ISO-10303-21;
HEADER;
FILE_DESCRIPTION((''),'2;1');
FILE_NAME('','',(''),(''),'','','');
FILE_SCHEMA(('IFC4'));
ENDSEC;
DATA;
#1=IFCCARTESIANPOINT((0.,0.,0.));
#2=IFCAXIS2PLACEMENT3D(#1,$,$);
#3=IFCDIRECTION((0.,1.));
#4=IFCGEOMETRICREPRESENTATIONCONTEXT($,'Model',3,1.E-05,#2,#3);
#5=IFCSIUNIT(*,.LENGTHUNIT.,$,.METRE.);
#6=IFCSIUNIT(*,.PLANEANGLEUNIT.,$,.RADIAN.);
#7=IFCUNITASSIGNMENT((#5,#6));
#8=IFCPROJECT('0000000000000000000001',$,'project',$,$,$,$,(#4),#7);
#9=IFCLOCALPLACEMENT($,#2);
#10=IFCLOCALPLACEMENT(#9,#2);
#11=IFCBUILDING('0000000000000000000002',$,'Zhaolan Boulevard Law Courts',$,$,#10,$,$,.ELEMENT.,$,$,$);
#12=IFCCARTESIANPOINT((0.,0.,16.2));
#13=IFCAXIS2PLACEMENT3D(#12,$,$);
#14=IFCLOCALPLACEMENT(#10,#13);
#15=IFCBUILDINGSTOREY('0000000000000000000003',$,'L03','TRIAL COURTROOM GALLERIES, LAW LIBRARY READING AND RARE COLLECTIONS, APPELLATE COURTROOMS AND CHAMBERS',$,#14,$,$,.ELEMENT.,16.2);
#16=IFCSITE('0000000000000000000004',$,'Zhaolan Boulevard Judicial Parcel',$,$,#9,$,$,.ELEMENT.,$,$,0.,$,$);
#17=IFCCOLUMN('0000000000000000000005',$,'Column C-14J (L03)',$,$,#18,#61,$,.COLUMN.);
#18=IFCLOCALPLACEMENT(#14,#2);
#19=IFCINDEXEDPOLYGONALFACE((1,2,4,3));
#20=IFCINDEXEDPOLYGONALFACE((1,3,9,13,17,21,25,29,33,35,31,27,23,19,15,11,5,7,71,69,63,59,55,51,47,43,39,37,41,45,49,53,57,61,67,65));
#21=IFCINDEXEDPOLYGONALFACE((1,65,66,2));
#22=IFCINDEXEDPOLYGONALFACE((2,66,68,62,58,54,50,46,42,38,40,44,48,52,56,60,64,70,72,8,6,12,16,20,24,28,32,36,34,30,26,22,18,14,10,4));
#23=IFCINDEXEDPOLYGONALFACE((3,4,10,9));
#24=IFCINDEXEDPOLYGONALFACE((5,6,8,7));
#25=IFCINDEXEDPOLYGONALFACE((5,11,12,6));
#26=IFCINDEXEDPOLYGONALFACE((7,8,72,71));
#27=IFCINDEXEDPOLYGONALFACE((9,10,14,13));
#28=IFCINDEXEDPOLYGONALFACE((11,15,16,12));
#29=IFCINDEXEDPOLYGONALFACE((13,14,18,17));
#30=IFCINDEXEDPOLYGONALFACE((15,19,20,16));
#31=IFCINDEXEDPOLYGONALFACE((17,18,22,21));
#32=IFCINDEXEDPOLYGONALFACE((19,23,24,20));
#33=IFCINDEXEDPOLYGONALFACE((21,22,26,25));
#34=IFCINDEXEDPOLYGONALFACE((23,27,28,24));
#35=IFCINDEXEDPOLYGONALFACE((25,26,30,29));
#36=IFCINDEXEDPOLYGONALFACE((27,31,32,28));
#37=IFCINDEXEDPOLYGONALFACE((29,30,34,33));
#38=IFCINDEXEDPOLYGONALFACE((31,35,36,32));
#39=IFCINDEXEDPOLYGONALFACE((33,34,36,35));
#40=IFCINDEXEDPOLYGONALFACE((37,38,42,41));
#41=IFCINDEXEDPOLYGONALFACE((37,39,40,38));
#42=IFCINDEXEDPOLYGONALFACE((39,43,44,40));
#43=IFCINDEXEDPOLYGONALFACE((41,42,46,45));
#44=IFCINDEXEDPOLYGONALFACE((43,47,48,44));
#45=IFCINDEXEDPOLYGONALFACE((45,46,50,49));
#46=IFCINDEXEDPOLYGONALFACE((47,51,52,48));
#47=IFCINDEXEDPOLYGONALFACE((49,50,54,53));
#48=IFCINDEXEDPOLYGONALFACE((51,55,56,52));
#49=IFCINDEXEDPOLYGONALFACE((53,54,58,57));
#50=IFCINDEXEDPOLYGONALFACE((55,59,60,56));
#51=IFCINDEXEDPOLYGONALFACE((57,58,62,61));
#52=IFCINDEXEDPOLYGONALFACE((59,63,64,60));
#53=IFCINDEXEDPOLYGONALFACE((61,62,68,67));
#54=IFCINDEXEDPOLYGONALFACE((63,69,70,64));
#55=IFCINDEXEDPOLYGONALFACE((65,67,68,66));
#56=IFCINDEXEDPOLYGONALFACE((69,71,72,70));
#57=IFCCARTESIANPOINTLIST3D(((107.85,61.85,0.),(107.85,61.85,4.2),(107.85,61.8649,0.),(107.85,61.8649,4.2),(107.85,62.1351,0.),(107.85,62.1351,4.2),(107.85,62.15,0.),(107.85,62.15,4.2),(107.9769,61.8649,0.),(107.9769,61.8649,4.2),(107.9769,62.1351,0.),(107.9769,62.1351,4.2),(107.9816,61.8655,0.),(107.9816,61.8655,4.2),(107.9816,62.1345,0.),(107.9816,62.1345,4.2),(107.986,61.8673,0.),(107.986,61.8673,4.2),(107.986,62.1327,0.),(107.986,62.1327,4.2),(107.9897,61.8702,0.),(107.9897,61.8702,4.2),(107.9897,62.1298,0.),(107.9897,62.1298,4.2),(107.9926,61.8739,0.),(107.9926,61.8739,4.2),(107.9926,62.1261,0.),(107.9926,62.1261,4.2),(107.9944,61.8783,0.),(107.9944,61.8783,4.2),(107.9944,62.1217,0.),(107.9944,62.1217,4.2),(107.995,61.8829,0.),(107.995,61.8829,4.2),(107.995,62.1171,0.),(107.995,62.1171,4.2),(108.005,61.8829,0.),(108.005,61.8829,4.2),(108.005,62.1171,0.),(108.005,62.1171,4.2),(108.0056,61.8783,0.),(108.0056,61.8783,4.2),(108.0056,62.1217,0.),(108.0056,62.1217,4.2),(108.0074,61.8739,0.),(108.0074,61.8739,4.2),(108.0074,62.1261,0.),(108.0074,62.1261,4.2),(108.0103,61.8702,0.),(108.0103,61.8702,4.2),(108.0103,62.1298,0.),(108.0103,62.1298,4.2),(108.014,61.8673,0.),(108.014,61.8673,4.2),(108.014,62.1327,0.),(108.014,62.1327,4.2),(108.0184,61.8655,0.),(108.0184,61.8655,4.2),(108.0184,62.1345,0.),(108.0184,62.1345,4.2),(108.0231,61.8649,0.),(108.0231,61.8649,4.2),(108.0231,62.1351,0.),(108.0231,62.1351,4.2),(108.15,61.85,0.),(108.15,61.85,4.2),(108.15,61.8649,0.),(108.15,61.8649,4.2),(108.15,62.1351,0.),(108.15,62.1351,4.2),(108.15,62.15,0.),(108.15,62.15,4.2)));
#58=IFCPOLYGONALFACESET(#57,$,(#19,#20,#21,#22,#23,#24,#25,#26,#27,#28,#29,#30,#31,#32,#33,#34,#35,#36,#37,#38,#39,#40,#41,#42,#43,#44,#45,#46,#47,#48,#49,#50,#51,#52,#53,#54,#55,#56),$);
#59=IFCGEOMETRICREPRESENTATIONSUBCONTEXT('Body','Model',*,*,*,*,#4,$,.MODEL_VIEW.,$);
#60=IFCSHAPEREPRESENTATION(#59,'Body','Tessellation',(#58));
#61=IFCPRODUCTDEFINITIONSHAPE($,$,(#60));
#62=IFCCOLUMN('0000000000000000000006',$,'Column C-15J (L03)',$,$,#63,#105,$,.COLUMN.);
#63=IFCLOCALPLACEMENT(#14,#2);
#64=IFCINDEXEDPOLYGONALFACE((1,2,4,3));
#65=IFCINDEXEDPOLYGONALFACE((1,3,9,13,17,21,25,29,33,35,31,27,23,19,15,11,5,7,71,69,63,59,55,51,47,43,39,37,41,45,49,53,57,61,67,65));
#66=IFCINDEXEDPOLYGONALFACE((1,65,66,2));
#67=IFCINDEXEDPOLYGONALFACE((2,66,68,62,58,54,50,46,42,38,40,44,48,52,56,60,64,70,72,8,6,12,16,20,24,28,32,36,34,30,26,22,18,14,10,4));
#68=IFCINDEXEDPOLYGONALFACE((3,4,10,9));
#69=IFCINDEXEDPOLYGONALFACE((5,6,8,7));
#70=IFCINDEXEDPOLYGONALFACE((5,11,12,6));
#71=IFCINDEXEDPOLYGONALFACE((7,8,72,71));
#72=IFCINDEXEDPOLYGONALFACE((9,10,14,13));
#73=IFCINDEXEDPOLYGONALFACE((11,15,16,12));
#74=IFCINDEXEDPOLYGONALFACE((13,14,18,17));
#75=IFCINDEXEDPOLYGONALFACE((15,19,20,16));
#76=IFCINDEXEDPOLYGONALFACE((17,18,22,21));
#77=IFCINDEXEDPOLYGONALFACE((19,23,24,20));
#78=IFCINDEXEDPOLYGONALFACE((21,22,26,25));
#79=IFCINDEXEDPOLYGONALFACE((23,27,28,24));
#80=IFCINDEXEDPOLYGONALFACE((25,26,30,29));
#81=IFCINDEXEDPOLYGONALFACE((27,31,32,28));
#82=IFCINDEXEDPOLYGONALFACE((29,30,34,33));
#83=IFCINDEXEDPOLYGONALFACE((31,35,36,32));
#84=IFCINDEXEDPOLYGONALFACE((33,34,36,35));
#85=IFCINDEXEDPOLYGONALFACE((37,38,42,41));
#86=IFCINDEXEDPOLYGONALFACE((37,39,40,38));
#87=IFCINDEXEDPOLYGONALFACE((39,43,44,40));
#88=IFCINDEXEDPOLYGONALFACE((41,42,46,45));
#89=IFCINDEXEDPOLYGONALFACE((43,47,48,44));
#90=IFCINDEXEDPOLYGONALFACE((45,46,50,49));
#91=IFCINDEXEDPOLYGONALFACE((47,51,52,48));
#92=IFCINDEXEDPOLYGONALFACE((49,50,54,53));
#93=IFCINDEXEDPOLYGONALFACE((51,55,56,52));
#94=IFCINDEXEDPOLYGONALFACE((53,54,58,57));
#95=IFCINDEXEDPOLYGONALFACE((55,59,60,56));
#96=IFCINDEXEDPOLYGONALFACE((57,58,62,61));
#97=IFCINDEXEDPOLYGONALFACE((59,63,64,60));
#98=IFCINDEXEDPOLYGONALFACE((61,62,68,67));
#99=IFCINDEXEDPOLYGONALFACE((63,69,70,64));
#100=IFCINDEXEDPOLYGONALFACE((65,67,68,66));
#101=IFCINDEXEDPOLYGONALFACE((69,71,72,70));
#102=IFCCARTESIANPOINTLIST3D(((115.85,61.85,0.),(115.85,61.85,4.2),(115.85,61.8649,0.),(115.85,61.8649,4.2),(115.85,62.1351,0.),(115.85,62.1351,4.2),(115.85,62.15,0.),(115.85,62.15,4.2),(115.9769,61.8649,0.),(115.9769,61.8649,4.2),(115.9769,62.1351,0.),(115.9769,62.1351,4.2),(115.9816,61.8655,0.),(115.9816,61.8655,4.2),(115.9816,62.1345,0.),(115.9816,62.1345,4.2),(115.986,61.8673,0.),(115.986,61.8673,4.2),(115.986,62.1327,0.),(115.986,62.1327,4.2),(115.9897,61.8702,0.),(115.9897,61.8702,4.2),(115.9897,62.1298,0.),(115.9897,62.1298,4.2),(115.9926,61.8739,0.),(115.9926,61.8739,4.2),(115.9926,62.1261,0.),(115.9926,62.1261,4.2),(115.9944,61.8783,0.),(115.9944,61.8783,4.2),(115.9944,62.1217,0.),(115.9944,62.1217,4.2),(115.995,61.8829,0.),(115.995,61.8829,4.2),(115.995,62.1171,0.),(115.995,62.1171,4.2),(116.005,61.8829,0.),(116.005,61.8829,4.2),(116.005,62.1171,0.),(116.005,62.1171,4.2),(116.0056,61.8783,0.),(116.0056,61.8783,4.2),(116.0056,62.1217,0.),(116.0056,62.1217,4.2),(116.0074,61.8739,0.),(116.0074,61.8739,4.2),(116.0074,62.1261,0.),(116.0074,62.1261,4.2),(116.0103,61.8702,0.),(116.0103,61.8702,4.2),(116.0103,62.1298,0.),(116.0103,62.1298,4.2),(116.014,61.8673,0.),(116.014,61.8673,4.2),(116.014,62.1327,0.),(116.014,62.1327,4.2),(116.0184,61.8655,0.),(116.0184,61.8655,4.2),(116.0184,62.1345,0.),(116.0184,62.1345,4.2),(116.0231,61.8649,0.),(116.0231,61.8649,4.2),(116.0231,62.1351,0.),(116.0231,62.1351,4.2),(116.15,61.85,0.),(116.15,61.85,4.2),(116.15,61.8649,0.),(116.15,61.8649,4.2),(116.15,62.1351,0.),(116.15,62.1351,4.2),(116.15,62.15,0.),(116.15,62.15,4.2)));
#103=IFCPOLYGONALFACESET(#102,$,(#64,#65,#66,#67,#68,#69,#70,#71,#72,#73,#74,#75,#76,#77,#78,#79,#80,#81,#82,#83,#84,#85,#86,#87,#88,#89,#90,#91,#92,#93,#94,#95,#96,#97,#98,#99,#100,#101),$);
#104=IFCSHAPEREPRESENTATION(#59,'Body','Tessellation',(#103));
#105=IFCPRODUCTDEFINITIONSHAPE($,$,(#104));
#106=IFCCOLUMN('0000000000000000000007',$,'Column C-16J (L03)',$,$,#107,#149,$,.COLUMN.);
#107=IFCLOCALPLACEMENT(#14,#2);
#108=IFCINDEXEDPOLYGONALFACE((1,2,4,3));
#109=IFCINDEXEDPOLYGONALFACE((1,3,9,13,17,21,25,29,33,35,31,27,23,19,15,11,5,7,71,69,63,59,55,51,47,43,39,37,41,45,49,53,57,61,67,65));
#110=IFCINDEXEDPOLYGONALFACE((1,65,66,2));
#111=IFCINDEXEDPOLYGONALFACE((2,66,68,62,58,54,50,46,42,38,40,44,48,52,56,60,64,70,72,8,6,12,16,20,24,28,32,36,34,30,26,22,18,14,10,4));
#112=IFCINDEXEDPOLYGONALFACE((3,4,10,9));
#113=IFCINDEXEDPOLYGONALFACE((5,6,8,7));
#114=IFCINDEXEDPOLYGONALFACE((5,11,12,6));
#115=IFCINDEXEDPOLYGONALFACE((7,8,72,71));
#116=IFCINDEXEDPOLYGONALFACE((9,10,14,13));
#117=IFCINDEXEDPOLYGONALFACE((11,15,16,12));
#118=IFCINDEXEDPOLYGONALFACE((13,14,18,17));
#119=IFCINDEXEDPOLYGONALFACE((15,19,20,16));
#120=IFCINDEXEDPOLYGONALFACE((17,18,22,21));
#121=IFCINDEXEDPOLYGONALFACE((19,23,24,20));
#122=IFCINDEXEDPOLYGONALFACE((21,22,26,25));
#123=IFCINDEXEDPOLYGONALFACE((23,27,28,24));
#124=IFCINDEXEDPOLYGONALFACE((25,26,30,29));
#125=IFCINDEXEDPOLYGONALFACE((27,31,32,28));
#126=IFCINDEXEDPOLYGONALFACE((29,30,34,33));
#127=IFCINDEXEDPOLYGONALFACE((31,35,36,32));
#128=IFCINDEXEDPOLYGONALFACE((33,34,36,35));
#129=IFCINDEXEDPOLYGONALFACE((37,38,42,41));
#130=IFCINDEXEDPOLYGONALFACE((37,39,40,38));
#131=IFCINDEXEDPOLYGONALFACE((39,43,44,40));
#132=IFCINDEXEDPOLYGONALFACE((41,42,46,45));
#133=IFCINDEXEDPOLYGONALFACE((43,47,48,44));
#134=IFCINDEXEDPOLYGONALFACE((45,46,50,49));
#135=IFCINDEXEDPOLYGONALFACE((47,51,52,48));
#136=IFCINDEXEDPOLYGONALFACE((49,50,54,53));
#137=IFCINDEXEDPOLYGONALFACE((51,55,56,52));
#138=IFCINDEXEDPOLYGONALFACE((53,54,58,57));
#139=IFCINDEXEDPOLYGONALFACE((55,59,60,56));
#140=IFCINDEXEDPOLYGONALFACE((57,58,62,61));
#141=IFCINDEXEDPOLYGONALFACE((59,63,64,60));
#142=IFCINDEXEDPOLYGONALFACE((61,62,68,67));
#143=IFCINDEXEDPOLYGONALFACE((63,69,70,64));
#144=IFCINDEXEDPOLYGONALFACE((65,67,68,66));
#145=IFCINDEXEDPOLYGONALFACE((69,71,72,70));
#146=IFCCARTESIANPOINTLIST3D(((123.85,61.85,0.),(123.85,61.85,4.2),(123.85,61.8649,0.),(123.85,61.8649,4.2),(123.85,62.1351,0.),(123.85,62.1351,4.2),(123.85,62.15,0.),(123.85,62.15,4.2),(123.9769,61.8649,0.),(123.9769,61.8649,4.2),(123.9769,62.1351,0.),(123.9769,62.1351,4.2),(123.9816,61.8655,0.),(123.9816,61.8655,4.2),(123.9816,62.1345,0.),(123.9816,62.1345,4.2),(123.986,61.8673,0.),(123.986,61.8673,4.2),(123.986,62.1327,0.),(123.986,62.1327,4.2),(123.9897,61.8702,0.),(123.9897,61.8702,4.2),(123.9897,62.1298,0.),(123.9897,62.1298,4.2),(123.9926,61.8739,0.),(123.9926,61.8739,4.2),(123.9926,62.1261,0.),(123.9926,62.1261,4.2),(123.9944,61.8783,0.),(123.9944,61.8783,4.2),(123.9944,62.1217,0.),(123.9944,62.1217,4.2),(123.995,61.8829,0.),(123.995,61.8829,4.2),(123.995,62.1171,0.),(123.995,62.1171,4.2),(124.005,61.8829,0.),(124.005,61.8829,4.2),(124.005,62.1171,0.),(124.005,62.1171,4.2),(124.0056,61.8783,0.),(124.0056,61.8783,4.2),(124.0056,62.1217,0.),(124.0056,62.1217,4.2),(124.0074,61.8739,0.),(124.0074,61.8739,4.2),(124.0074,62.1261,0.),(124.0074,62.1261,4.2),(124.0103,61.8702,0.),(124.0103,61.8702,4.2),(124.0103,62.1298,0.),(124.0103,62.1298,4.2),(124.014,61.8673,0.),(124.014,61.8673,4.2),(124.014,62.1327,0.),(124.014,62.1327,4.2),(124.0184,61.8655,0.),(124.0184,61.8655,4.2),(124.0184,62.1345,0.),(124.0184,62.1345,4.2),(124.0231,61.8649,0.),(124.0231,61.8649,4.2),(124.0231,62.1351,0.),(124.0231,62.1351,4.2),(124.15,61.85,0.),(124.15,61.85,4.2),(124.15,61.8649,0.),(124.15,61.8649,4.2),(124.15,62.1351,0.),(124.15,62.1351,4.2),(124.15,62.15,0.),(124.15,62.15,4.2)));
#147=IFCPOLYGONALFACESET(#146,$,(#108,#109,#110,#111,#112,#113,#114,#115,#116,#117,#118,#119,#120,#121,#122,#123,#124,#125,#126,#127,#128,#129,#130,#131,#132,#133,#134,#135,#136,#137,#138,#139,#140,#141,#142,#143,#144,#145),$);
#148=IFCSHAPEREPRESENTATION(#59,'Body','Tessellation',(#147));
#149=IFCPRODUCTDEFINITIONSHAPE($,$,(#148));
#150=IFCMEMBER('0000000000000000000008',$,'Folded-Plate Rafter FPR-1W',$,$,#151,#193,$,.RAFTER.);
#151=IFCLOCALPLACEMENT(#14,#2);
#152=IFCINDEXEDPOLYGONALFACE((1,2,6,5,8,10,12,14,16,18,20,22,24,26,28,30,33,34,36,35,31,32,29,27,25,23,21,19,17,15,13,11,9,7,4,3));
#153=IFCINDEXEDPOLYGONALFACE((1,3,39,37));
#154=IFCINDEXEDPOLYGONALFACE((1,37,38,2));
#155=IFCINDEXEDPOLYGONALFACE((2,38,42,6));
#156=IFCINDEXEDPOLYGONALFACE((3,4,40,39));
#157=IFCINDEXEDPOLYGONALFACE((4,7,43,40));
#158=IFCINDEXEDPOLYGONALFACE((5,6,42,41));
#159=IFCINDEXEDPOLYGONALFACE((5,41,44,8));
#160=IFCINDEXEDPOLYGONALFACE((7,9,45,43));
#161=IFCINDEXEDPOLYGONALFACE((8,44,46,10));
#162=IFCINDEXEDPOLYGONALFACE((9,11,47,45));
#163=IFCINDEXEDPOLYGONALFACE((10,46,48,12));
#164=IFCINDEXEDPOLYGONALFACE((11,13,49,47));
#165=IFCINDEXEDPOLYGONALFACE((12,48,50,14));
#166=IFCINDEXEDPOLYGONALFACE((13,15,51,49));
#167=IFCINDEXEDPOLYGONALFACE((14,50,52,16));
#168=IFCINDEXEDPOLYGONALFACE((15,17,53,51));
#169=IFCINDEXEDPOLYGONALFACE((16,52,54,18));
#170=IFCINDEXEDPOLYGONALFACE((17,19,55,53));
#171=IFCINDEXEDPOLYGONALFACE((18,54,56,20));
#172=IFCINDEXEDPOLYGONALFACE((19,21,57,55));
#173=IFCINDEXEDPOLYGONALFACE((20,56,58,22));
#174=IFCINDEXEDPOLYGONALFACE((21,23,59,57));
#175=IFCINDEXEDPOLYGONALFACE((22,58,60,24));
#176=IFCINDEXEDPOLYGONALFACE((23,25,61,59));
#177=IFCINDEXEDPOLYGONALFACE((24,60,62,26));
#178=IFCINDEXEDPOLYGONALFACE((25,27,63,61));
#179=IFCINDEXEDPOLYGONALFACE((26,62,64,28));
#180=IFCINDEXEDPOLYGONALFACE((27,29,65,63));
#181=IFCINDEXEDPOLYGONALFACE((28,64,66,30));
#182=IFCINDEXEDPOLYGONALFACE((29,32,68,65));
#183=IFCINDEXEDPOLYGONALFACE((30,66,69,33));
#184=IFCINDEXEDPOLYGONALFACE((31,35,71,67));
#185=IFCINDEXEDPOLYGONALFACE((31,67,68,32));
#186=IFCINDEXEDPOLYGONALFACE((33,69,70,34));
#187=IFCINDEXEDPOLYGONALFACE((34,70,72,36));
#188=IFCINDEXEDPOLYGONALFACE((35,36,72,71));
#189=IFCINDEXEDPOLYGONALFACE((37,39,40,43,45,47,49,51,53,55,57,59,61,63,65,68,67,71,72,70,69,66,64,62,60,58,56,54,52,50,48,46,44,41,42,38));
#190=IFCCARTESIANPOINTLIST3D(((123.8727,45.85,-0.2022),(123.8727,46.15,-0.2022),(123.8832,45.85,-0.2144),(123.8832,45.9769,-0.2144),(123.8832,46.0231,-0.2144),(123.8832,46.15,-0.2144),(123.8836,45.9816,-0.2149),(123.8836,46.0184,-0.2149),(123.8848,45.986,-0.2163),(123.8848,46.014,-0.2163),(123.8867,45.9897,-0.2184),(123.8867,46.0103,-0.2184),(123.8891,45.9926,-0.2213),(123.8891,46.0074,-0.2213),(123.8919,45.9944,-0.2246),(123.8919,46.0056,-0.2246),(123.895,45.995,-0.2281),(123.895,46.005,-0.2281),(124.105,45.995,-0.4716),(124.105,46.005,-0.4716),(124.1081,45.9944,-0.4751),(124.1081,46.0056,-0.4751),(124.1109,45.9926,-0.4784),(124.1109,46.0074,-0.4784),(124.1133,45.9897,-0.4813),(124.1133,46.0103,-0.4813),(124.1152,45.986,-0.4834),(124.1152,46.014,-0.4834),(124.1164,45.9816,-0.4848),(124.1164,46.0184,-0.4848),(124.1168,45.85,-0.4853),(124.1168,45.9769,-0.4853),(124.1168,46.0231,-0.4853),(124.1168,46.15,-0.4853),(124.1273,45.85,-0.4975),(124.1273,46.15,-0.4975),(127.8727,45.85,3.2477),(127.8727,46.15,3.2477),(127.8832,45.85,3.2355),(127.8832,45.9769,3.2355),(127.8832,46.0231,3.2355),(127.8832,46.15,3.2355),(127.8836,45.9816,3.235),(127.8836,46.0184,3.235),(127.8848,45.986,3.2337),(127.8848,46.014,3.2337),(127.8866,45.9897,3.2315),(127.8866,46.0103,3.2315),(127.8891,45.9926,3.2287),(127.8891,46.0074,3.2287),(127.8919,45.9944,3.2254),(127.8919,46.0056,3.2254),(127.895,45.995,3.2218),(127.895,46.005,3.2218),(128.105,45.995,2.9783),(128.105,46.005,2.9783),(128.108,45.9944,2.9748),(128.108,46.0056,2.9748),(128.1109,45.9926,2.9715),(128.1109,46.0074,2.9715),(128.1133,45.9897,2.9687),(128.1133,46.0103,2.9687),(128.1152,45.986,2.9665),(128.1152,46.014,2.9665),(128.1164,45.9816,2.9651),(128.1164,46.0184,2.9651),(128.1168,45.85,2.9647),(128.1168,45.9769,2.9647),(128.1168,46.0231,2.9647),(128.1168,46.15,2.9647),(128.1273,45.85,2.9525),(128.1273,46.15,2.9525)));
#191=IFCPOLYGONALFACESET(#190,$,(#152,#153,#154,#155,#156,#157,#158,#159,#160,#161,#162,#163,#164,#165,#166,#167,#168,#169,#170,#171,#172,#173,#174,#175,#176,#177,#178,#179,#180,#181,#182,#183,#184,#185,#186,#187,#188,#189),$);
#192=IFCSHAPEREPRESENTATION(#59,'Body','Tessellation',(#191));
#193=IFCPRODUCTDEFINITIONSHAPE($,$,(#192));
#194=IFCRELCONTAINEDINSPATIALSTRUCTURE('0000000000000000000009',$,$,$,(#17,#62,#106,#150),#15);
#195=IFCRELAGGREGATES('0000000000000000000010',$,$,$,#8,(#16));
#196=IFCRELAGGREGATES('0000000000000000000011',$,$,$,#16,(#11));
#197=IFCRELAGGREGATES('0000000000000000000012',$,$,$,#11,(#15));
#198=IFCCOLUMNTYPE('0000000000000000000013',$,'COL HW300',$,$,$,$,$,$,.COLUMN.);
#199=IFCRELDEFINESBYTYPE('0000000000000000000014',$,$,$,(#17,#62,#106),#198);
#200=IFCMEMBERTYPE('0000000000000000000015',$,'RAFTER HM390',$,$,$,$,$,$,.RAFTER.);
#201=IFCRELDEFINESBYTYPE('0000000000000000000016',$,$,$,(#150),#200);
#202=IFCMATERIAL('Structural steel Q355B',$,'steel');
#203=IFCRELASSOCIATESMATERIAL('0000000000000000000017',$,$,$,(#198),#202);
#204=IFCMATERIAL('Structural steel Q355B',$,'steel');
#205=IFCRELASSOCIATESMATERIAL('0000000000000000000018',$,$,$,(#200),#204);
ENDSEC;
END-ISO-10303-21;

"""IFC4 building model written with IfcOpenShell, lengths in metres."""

from ifc_helpers import new_model, si_unit, direction, frame, origin, origin_2d, place, context, subcontext, project, spatial, i_section, extrude, material, material_profile, profile_set, type_object, element, save


model = new_model("IFC4")

# Units and contexts
model_context = context("Model", 3, precision=1e-05, world=origin(), true_north=direction((0.0, 1.0)))
body_context = subcontext(model_context, "Body", "Model", "MODEL_VIEW")
ifc_project = project(units=[si_unit("LENGTHUNIT", "METRE"), si_unit("PLANEANGLEUNIT", "RADIAN")], contexts=[model_context])

# Site, building, storey
site_placement = place(None, origin())
site = spatial("IfcSite", under=ifc_project, at=site_placement, Name="Zhaolan Boulevard Judicial Parcel", CompositionType="ELEMENT", RefElevation=0.0)
building_placement = place(site_placement, origin())
building = spatial("IfcBuilding", under=site, at=building_placement, Name="Zhaolan Boulevard Law Courts", CompositionType="ELEMENT")
storey_placement = place(building_placement, frame((0.0, 0.0, 16.2)))
storey = spatial("IfcBuildingStorey", under=building, at=storey_placement, Name="L03", Description="TRIAL COURTROOM GALLERIES, LAW LIBRARY READING AND RARE COLLECTIONS, APPELLATE COURTROOMS AND CHAMBERS", CompositionType="ELEMENT", Elevation=16.2)

# Columns
ifc_material_1 = material(Name="Structural steel Q355B", Category="steel")
ifc_material_profile_1 = material_profile(ifc_material_1, i_section(OverallWidth=0.3, OverallDepth=0.3, WebThickness=0.01, FlangeThickness=0.0149, FilletRadius=0.0181, at=origin_2d()), Name="HW300x300")
ifc_profile_set_1 = profile_set([ifc_material_profile_1], Name="Structural steel Q355B")
column_type = type_object("IfcColumnType", Name="COL HW300", PredefinedType="COLUMN", material=ifc_profile_set_1)
for number, where, z_axis, x_axis, name in (
    (1, (108.0, 62.0, 0.0), (0.0, 0.0, 1.0), (1.0, 0.0, 0.0), "Column C-14J (L03)"),
    (2, (116.0, 62.0, 0.0), (0.0, 0.0, 1.0), (1.0, 0.0, 0.0), "Column C-15J (L03)"),
    (3, (124.0, 62.0, 0.0), (0.0, 0.0, 1.0), (1.0, 0.0, 0.0), "Column C-16J (L03)"),
):
    element("IfcColumn", number, at=place(storey_placement, frame(where, z_axis=z_axis, x_axis=x_axis)), inside=storey, type_object=column_type, Name=name, PredefinedType="COLUMN", context=body_context, shape_type="SweptSolid", body=[
        extrude(i_section(OverallWidth=0.3, OverallDepth=0.3, WebThickness=0.01, FlangeThickness=0.0149, FilletRadius=0.0181, at=origin_2d()), origin(), (0.0, 0.0, 1.0), 4.2),
    ])

# Member
ifc_material_2 = material(Name="Structural steel Q355B", Category="steel")
ifc_material_profile_2 = material_profile(ifc_material_2, i_section(OverallWidth=0.3, OverallDepth=0.3899, WebThickness=0.01, FlangeThickness=0.0161, FilletRadius=0.0181, at=origin_2d()), Name="HM390x300")
ifc_profile_set_2 = profile_set([ifc_material_profile_2], Name="Structural steel Q355B")
member_type = type_object("IfcMemberType", Name="RAFTER HM390", PredefinedType="RAFTER", material=ifc_profile_set_2)
for number, where, z_axis, x_axis, name in (
    (4, (124.0, 46.0, -0.3499), (0.757253, 0.0, 0.653122), (0.0, 1.0, 0.0), "Folded-Plate Rafter FPR-1W"),
):
    element("IfcMember", number, at=place(storey_placement, frame(where, z_axis=z_axis, x_axis=x_axis)), inside=storey, type_object=member_type, Name=name, PredefinedType="RAFTER", context=body_context, shape_type="SweptSolid", body=[
        extrude(i_section(OverallWidth=0.3, OverallDepth=0.3899, WebThickness=0.01, FlangeThickness=0.0161, FilletRadius=0.0181, at=origin_2d()), origin(), (0.0, 0.0, 1.0), 5.2822),
    ])

save(model, "model.ifc")
